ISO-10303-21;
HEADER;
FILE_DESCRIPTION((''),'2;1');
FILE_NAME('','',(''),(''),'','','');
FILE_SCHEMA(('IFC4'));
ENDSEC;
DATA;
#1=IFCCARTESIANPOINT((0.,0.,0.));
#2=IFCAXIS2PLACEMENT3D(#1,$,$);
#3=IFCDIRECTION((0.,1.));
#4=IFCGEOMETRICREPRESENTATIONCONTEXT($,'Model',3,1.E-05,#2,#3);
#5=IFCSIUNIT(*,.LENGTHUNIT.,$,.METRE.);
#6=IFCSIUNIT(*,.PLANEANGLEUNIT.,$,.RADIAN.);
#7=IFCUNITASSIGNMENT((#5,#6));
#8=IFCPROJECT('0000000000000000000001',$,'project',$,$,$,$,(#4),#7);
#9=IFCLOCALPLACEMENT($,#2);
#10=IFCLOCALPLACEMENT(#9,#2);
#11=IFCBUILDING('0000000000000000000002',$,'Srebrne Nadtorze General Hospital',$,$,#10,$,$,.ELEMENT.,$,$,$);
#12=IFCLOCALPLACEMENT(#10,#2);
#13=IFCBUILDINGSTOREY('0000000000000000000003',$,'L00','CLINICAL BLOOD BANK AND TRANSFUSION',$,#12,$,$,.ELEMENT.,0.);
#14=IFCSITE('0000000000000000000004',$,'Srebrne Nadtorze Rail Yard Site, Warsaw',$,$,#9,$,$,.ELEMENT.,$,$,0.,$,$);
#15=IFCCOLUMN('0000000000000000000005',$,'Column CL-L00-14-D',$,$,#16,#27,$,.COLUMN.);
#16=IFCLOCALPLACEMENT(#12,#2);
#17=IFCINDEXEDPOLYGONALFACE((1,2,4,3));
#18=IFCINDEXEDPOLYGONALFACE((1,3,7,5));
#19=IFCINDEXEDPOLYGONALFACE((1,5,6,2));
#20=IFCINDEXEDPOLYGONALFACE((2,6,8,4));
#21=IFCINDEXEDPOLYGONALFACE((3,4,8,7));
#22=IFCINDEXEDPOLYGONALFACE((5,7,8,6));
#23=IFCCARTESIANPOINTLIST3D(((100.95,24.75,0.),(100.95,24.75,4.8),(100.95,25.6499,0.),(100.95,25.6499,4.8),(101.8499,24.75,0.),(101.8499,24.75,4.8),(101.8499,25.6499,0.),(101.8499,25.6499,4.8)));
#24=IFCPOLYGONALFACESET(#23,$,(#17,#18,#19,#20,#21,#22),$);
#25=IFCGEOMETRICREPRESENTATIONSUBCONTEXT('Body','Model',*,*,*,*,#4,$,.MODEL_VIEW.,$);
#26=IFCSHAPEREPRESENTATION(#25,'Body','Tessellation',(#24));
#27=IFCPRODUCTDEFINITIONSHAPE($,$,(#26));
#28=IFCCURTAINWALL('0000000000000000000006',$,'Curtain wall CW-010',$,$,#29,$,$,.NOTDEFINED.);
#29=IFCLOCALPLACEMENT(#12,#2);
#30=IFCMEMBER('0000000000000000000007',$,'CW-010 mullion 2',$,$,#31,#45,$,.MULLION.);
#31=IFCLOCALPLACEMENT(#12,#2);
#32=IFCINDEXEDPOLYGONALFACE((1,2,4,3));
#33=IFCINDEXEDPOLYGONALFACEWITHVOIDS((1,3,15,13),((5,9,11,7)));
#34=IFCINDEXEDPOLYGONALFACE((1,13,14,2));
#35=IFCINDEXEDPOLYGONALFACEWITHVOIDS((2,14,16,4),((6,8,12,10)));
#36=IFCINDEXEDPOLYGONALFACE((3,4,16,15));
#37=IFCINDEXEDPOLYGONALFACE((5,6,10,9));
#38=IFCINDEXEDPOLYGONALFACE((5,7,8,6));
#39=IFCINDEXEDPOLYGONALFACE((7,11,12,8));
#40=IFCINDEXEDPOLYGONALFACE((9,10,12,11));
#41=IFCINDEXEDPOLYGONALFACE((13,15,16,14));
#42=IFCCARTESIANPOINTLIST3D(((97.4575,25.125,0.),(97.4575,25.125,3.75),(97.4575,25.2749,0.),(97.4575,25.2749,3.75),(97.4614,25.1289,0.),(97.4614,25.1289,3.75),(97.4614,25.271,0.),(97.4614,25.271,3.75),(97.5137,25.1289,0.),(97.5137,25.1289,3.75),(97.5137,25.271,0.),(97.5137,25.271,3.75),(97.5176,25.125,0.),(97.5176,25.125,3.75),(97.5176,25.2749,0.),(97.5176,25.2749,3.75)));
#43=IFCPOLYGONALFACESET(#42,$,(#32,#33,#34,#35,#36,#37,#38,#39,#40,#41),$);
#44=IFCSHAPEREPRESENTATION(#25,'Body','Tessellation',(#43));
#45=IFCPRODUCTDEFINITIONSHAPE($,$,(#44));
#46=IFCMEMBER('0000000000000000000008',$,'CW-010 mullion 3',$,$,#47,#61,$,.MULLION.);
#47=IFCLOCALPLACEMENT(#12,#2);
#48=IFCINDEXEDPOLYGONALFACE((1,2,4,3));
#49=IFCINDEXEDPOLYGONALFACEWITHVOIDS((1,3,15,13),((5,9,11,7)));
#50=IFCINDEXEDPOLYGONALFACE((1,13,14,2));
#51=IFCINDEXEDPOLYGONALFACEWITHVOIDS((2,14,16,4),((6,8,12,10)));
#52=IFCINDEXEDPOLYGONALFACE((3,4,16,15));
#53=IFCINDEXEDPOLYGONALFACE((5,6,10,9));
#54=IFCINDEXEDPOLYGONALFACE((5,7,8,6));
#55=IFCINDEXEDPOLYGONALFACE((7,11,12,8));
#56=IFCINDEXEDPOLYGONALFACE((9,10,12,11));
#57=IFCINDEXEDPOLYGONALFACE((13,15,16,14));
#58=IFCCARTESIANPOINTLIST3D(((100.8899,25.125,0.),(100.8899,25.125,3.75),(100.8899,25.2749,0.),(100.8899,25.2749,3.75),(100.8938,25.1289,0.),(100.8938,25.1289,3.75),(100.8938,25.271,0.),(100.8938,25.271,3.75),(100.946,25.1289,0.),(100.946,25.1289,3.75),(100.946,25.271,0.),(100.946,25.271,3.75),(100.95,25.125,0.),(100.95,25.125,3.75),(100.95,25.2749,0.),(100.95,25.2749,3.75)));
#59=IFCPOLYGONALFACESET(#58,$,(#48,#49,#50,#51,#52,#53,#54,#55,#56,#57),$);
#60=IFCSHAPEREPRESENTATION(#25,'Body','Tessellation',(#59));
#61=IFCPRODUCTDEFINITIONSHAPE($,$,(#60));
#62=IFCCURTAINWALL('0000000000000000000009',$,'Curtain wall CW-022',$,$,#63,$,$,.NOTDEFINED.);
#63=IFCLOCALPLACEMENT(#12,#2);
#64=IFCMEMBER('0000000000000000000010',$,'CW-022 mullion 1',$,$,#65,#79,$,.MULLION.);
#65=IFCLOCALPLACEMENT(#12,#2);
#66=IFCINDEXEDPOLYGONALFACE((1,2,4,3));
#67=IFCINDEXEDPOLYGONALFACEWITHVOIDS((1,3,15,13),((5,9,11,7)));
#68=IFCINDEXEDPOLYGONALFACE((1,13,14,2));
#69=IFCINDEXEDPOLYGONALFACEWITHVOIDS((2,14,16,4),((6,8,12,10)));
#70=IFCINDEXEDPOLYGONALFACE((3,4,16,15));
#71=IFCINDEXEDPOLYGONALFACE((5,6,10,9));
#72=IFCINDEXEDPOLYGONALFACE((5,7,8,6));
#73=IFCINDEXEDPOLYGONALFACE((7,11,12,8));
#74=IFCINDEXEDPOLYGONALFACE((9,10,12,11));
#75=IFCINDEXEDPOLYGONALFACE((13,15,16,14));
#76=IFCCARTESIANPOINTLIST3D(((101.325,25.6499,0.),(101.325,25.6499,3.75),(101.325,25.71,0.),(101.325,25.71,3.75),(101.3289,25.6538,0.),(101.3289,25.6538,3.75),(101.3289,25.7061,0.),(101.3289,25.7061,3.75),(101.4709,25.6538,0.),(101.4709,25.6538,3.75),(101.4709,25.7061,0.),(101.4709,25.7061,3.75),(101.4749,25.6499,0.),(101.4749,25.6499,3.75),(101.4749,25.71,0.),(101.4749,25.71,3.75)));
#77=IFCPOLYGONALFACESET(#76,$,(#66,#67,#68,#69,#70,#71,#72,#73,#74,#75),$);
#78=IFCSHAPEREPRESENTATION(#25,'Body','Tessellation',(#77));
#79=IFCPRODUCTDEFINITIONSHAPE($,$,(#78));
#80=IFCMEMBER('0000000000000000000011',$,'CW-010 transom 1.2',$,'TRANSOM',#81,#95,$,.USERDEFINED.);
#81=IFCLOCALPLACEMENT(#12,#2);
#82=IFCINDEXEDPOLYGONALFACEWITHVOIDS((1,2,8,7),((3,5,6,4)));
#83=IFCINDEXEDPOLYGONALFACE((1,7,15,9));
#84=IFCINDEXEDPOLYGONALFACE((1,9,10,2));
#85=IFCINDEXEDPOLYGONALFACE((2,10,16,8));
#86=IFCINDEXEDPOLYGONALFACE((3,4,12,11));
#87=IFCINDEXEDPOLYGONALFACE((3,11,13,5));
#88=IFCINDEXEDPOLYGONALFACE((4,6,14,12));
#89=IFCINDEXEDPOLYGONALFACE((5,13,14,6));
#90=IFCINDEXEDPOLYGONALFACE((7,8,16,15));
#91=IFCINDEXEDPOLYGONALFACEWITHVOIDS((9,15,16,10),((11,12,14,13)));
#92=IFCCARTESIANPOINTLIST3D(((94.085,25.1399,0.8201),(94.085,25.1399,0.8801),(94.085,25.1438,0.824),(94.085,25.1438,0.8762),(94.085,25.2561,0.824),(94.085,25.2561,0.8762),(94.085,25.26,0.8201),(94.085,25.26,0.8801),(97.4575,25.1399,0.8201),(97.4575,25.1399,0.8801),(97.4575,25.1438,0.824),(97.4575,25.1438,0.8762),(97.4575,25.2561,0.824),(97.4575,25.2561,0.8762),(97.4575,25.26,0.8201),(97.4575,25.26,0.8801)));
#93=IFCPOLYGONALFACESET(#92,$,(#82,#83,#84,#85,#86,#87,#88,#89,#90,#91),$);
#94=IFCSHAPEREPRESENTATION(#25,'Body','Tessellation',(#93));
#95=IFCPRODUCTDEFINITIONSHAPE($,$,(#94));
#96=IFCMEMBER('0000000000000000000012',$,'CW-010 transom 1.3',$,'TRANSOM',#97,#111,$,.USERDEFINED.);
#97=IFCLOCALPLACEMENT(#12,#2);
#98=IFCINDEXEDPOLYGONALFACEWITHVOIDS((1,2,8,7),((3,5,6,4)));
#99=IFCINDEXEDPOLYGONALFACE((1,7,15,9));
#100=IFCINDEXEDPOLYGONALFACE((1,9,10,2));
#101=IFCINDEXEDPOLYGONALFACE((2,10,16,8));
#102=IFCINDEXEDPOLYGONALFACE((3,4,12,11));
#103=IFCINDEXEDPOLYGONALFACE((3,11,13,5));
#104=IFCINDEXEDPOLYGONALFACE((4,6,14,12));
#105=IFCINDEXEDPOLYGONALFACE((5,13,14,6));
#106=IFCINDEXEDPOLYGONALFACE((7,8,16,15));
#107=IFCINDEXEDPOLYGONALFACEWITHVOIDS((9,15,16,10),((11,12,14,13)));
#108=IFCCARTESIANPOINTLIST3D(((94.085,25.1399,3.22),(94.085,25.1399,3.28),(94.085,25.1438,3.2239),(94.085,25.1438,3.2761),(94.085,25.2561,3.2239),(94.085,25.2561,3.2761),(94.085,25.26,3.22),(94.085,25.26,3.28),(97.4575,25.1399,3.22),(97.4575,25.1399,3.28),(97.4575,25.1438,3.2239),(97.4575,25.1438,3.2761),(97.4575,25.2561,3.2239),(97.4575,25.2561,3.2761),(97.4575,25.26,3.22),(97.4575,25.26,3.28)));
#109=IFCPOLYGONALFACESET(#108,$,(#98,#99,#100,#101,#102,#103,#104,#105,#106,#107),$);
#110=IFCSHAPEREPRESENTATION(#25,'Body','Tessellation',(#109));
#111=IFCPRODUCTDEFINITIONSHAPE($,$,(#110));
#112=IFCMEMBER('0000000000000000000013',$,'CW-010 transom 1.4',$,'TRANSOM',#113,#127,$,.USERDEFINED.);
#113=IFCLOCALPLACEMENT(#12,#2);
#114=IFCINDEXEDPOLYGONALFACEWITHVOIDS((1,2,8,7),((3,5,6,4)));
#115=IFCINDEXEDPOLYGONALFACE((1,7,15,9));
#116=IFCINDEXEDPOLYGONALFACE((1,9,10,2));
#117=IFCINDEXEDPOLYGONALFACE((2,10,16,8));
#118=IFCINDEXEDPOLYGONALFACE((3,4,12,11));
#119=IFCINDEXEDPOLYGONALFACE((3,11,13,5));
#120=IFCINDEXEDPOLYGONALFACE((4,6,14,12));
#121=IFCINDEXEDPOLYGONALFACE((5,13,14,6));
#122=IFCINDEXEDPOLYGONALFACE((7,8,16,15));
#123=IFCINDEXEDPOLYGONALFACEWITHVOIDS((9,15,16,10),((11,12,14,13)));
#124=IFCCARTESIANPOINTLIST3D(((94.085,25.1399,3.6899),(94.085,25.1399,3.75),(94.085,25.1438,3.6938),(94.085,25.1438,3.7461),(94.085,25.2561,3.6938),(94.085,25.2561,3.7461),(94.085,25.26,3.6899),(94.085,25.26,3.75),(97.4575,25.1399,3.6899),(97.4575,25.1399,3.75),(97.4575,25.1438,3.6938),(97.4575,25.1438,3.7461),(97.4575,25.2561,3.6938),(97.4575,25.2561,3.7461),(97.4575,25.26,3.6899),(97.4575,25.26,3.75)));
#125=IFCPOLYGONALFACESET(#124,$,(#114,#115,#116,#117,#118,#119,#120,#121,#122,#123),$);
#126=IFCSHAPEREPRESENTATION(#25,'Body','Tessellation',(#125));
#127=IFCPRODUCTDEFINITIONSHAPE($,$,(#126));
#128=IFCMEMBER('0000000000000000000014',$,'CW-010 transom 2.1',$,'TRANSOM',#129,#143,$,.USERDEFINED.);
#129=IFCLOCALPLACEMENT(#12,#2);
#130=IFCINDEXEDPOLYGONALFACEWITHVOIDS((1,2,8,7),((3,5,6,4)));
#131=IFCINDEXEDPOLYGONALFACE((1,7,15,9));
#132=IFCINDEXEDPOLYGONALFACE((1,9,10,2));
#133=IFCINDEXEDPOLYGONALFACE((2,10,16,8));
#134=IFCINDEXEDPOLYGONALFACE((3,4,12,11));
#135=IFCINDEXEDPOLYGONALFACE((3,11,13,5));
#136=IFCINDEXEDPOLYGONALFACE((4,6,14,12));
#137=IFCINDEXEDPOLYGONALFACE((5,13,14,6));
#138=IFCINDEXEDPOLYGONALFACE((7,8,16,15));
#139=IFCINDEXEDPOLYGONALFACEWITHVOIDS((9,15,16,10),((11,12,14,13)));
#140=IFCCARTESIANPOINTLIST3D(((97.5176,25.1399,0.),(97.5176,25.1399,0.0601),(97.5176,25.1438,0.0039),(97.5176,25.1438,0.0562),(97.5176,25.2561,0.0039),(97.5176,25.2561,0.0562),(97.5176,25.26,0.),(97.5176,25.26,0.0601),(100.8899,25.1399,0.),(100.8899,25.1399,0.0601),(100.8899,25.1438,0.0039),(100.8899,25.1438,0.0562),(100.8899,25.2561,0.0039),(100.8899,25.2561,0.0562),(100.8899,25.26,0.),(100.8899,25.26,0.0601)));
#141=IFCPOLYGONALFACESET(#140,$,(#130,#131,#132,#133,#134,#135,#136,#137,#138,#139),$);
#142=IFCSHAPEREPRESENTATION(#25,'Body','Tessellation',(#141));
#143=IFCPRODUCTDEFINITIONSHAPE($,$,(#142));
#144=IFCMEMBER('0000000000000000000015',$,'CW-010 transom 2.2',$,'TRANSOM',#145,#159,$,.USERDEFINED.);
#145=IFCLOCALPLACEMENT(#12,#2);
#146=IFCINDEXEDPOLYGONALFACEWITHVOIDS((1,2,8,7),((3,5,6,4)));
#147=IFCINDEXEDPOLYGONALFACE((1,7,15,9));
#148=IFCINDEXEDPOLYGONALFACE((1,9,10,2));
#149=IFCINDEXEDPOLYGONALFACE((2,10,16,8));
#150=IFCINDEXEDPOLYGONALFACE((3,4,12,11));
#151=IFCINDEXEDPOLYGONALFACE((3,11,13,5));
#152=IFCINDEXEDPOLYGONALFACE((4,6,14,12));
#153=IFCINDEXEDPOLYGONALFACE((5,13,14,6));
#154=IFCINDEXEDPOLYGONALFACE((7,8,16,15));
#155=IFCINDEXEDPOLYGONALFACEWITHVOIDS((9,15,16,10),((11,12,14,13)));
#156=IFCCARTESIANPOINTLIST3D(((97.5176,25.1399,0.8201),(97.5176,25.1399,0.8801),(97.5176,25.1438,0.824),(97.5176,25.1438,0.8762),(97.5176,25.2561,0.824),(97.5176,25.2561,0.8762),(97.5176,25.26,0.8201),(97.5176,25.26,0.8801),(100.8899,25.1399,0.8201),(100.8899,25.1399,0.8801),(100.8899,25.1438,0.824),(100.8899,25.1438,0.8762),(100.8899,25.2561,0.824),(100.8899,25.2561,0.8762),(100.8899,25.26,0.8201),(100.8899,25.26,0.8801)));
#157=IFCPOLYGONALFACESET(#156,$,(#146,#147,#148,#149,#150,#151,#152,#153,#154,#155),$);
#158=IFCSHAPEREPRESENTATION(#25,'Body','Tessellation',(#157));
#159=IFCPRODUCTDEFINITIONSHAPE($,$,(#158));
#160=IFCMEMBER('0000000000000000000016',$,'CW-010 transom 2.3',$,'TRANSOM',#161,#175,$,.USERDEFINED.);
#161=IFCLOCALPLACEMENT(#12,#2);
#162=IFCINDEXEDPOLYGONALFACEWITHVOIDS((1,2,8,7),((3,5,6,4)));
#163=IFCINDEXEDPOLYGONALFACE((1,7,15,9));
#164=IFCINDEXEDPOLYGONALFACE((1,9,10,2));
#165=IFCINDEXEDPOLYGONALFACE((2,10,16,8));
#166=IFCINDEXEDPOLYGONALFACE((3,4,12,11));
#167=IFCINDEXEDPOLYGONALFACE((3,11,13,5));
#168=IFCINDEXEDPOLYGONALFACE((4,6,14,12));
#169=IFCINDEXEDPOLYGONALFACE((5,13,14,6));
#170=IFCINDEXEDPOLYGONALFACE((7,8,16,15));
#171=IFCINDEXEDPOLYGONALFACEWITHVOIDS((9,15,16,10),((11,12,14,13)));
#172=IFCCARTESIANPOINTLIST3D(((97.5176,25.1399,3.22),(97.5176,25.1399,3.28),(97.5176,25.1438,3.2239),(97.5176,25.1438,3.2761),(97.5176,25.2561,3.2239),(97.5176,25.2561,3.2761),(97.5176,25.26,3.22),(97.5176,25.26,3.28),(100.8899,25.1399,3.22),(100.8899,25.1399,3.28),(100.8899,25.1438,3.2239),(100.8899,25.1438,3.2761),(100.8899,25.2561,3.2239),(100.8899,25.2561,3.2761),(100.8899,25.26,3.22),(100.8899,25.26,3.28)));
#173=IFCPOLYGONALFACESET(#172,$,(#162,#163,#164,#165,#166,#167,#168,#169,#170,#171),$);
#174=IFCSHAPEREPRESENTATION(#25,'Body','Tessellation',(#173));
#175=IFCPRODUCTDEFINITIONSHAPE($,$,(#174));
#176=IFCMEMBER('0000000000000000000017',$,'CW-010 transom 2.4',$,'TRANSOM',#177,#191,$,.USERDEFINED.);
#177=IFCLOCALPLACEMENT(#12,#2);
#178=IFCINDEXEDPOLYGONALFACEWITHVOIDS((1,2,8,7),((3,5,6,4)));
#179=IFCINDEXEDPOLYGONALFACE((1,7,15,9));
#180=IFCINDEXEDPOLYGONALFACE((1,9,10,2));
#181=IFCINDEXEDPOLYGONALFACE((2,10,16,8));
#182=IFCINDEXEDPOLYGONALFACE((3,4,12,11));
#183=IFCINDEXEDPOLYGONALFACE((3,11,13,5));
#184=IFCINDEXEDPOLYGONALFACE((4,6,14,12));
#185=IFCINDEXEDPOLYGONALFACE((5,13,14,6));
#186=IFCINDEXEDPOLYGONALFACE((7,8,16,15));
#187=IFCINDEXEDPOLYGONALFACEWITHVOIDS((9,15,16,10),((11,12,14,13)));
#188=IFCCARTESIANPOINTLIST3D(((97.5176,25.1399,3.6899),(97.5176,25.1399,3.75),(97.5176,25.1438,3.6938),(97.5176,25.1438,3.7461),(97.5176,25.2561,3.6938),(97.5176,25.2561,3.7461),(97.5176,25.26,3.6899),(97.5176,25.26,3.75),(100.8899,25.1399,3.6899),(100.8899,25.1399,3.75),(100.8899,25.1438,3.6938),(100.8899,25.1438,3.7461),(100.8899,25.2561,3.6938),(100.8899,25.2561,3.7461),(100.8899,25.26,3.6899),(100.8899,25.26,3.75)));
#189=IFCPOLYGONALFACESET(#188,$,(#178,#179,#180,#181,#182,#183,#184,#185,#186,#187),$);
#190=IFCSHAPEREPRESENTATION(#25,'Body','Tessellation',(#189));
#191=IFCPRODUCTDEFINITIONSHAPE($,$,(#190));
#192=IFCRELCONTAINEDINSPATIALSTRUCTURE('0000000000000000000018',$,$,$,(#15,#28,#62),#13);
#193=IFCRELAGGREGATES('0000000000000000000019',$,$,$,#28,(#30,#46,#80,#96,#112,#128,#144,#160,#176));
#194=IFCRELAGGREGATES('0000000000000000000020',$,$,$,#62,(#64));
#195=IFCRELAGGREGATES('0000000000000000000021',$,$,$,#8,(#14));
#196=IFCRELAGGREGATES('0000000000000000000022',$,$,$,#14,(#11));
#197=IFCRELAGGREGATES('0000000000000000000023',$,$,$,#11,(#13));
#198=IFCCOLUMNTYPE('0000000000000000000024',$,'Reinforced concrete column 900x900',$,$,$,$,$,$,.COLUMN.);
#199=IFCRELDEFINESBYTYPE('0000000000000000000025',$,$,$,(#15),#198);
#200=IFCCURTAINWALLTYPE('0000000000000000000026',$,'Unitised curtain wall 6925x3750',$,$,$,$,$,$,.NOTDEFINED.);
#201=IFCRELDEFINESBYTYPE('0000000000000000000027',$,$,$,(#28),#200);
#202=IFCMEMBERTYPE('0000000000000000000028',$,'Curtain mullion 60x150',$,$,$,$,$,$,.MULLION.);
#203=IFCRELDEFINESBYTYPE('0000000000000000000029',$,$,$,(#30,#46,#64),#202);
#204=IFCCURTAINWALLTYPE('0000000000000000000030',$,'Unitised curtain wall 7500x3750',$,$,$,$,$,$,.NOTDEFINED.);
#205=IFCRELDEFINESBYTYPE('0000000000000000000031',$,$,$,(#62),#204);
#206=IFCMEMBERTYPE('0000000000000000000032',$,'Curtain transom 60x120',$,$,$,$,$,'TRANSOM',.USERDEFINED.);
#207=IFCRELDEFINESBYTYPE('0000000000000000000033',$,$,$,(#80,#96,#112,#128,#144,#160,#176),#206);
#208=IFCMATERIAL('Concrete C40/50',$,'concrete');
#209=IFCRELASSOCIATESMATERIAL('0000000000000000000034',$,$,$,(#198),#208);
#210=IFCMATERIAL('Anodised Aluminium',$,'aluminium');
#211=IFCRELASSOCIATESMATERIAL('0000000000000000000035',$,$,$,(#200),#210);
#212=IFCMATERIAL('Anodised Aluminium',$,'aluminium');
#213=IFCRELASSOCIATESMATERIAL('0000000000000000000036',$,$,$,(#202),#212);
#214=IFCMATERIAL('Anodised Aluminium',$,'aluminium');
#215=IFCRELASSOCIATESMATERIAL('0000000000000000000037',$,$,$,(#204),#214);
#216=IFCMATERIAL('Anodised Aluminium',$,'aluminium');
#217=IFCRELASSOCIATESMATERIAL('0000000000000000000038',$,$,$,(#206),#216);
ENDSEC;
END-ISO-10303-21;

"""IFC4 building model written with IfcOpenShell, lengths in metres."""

from ifc_helpers import new_model, si_unit, direction, frame, origin, origin_2d, place, context, subcontext, project, spatial, rectangle, hollow_rectangle, extrude, material, material_profile, profile_set, type_object, element, aggregate, save


model = new_model("IFC4")

# Units and contexts
model_context = context("Model", 3, precision=1e-05, world=origin(), true_north=direction((0.0, 1.0)))
body_context = subcontext(model_context, "Body", "Model", "MODEL_VIEW")
ifc_project = project(units=[si_unit("LENGTHUNIT", "METRE"), si_unit("PLANEANGLEUNIT", "RADIAN")], contexts=[model_context])

# Site, building, storey
site_placement = place(None, origin())
site = spatial("IfcSite", under=ifc_project, at=site_placement, Name="Srebrne Nadtorze Rail Yard Site, Warsaw", CompositionType="ELEMENT", RefElevation=0.0)
building_placement = place(site_placement, origin())
building = spatial("IfcBuilding", under=site, at=building_placement, Name="Srebrne Nadtorze General Hospital", CompositionType="ELEMENT")
storey_placement = place(building_placement, origin())
storey = spatial("IfcBuildingStorey", under=building, at=storey_placement, Name="L00", Description="CLINICAL BLOOD BANK AND TRANSFUSION", CompositionType="ELEMENT", Elevation=0.0)

# Column
ifc_material_1 = material(Name="Concrete C40/50", Category="concrete")
ifc_material_profile_1 = material_profile(ifc_material_1, rectangle(XDim=0.8999, YDim=0.8999, at=origin_2d()), Name="RC-COL-900x900")
ifc_profile_set_1 = profile_set([ifc_material_profile_1], Name="Concrete C40/50")
column_type = type_object("IfcColumnType", Name="Reinforced concrete column 900x900", PredefinedType="COLUMN", material=ifc_profile_set_1)
column_placement = place(storey_placement, frame((101.3999, 25.2, 0.0), z_axis=(0.0, 0.0, 1.0), x_axis=(1.0, 0.0, 0.0)))
element("IfcColumn", 1, at=column_placement, inside=storey, type_object=column_type, Name="Column CL-L00-14-D", PredefinedType="COLUMN", context=body_context, shape_type="SweptSolid", body=[
    extrude(rectangle(XDim=0.8999, YDim=0.8999, at=origin_2d()), origin(), (0.0, 0.0, 1.0), 4.8),
])

# Curtain wall, members
ifc_material_2 = material(Name="Anodised Aluminium", Category="aluminium")
curtain_wall_type_1 = type_object("IfcCurtainWallType", Name="Unitised curtain wall 6925x3750", PredefinedType="NOTDEFINED", material=ifc_material_2)
curtain_wall_1_placement = place(storey_placement, origin())
curtain_wall_1 = element("IfcCurtainWall", 2, at=curtain_wall_1_placement, inside=storey, type_object=curtain_wall_type_1, Name="Curtain wall CW-010", PredefinedType="NOTDEFINED")
ifc_material_3 = material(Name="Anodised Aluminium", Category="aluminium")
ifc_material_profile_2 = material_profile(ifc_material_3, hollow_rectangle(XDim=0.0601, YDim=0.1499, WallThickness=0.0039, at=origin_2d()), Name="AL-MUL-60x150")
ifc_profile_set_2 = profile_set([ifc_material_profile_2], Name="Anodised Aluminium")
member_type_1 = type_object("IfcMemberType", Name="Curtain mullion 60x150", PredefinedType="MULLION", material=ifc_profile_set_2)
member_1_placement = place(storey_placement, frame((97.4875, 25.2, 0.0), z_axis=(0.0, 0.0, 1.0), x_axis=(1.0, 0.0, 0.0)))
member_1 = element("IfcMember", 3, at=member_1_placement, type_object=member_type_1, Name="CW-010 mullion 2", PredefinedType="MULLION", context=body_context, shape_type="SweptSolid", body=[
    extrude(hollow_rectangle(XDim=0.0601, YDim=0.1499, WallThickness=0.0039, at=origin_2d()), origin(), (0.0, 0.0, 1.0), 3.75),
])
member_2_placement = place(storey_placement, frame((100.9199, 25.2, 0.0), z_axis=(0.0, 0.0, 1.0), x_axis=(1.0, 0.0, 0.0)))
member_2 = element("IfcMember", 4, at=member_2_placement, type_object=member_type_1, Name="CW-010 mullion 3", PredefinedType="MULLION", context=body_context, shape_type="SweptSolid", body=[
    extrude(hollow_rectangle(XDim=0.0601, YDim=0.1499, WallThickness=0.0039, at=origin_2d()), origin(), (0.0, 0.0, 1.0), 3.75),
])

# Curtain wall, member
ifc_material_4 = material(Name="Anodised Aluminium", Category="aluminium")
curtain_wall_type_2 = type_object("IfcCurtainWallType", Name="Unitised curtain wall 7500x3750", PredefinedType="NOTDEFINED", material=ifc_material_4)
curtain_wall_2_placement = place(storey_placement, origin())
curtain_wall_2 = element("IfcCurtainWall", 5, at=curtain_wall_2_placement, inside=storey, type_object=curtain_wall_type_2, Name="Curtain wall CW-022", PredefinedType="NOTDEFINED")
member_3_placement = place(storey_placement, frame((101.3999, 25.6799, 0.0), z_axis=(0.0, 0.0, 1.0), x_axis=(0.0, 1.0, 0.0)))
member_3 = element("IfcMember", 6, at=member_3_placement, type_object=member_type_1, Name="CW-022 mullion 1", PredefinedType="MULLION", context=body_context, shape_type="SweptSolid", body=[
    extrude(hollow_rectangle(XDim=0.0601, YDim=0.1499, WallThickness=0.0039, at=origin_2d()), origin(), (0.0, 0.0, 1.0), 3.75),
])

# Members
ifc_material_5 = material(Name="Anodised Aluminium", Category="aluminium")
ifc_material_profile_3 = material_profile(ifc_material_5, hollow_rectangle(XDim=0.0601, YDim=0.1201, WallThickness=0.0039, at=origin_2d()), Name="AL-TRN-60x120")
ifc_profile_set_3 = profile_set([ifc_material_profile_3], Name="Anodised Aluminium")
member_type_2 = type_object("IfcMemberType", Name="Curtain transom 60x120", ElementType="TRANSOM", PredefinedType="USERDEFINED", material=ifc_profile_set_3)
member_4_placement = place(storey_placement, frame((94.085, 25.2, 0.8501), z_axis=(1.0, 0.0, 0.0), x_axis=(0.0, 0.0, 1.0)))
member_4 = element("IfcMember", 7, at=member_4_placement, type_object=member_type_2, Name="CW-010 transom 1.2", ObjectType="TRANSOM", PredefinedType="USERDEFINED", context=body_context, shape_type="SweptSolid", body=[
    extrude(hollow_rectangle(XDim=0.0601, YDim=0.1201, WallThickness=0.0039, at=origin_2d()), origin(), (0.0, 0.0, 1.0), 3.3726),
])
member_5_placement = place(storey_placement, frame((94.085, 25.2, 3.25), z_axis=(1.0, 0.0, 0.0), x_axis=(0.0, 0.0, 1.0)))
member_5 = element("IfcMember", 8, at=member_5_placement, type_object=member_type_2, Name="CW-010 transom 1.3", ObjectType="TRANSOM", PredefinedType="USERDEFINED", context=body_context, shape_type="SweptSolid", body=[
    extrude(hollow_rectangle(XDim=0.0601, YDim=0.1201, WallThickness=0.0039, at=origin_2d()), origin(), (0.0, 0.0, 1.0), 3.3726),
])
member_6_placement = place(storey_placement, frame((94.085, 25.2, 3.72), z_axis=(1.0, 0.0, 0.0), x_axis=(0.0, 0.0, 1.0)))
member_6 = element("IfcMember", 9, at=member_6_placement, type_object=member_type_2, Name="CW-010 transom 1.4", ObjectType="TRANSOM", PredefinedType="USERDEFINED", context=body_context, shape_type="SweptSolid", body=[
    extrude(hollow_rectangle(XDim=0.0601, YDim=0.1201, WallThickness=0.0039, at=origin_2d()), origin(), (0.0, 0.0, 1.0), 3.3726),
])
member_7_placement = place(storey_placement, frame((97.5176, 25.2, 0.03), z_axis=(1.0, 0.0, 0.0), x_axis=(0.0, 0.0, 1.0)))
member_7 = element("IfcMember", 10, at=member_7_placement, type_object=member_type_2, Name="CW-010 transom 2.1", ObjectType="TRANSOM", PredefinedType="USERDEFINED", context=body_context, shape_type="SweptSolid", body=[
    extrude(hollow_rectangle(XDim=0.0601, YDim=0.1201, WallThickness=0.0039, at=origin_2d()), origin(), (0.0, 0.0, 1.0), 3.3723),
])
member_8_placement = place(storey_placement, frame((97.5176, 25.2, 0.8501), z_axis=(1.0, 0.0, 0.0), x_axis=(0.0, 0.0, 1.0)))
member_8 = element("IfcMember", 11, at=member_8_placement, type_object=member_type_2, Name="CW-010 transom 2.2", ObjectType="TRANSOM", PredefinedType="USERDEFINED", context=body_context, shape_type="SweptSolid", body=[
    extrude(hollow_rectangle(XDim=0.0601, YDim=0.1201, WallThickness=0.0039, at=origin_2d()), origin(), (0.0, 0.0, 1.0), 3.3723),
])
member_9_placement = place(storey_placement, frame((97.5176, 25.2, 3.25), z_axis=(1.0, 0.0, 0.0), x_axis=(0.0, 0.0, 1.0)))
member_9 = element("IfcMember", 12, at=member_9_placement, type_object=member_type_2, Name="CW-010 transom 2.3", ObjectType="TRANSOM", PredefinedType="USERDEFINED", context=body_context, shape_type="SweptSolid", body=[
    extrude(hollow_rectangle(XDim=0.0601, YDim=0.1201, WallThickness=0.0039, at=origin_2d()), origin(), (0.0, 0.0, 1.0), 3.3723),
])
member_10_placement = place(storey_placement, frame((97.5176, 25.2, 3.72), z_axis=(1.0, 0.0, 0.0), x_axis=(0.0, 0.0, 1.0)))
member_10 = element("IfcMember", 13, at=member_10_placement, type_object=member_type_2, Name="CW-010 transom 2.4", ObjectType="TRANSOM", PredefinedType="USERDEFINED", context=body_context, shape_type="SweptSolid", body=[
    extrude(hollow_rectangle(XDim=0.0601, YDim=0.1201, WallThickness=0.0039, at=origin_2d()), origin(), (0.0, 0.0, 1.0), 3.3723),
])

aggregate(curtain_wall_1, [member_1, member_2, member_4, member_5, member_6, member_7, member_8, member_9, member_10])
aggregate(curtain_wall_2, [member_3])

save(model, "model.ifc")
